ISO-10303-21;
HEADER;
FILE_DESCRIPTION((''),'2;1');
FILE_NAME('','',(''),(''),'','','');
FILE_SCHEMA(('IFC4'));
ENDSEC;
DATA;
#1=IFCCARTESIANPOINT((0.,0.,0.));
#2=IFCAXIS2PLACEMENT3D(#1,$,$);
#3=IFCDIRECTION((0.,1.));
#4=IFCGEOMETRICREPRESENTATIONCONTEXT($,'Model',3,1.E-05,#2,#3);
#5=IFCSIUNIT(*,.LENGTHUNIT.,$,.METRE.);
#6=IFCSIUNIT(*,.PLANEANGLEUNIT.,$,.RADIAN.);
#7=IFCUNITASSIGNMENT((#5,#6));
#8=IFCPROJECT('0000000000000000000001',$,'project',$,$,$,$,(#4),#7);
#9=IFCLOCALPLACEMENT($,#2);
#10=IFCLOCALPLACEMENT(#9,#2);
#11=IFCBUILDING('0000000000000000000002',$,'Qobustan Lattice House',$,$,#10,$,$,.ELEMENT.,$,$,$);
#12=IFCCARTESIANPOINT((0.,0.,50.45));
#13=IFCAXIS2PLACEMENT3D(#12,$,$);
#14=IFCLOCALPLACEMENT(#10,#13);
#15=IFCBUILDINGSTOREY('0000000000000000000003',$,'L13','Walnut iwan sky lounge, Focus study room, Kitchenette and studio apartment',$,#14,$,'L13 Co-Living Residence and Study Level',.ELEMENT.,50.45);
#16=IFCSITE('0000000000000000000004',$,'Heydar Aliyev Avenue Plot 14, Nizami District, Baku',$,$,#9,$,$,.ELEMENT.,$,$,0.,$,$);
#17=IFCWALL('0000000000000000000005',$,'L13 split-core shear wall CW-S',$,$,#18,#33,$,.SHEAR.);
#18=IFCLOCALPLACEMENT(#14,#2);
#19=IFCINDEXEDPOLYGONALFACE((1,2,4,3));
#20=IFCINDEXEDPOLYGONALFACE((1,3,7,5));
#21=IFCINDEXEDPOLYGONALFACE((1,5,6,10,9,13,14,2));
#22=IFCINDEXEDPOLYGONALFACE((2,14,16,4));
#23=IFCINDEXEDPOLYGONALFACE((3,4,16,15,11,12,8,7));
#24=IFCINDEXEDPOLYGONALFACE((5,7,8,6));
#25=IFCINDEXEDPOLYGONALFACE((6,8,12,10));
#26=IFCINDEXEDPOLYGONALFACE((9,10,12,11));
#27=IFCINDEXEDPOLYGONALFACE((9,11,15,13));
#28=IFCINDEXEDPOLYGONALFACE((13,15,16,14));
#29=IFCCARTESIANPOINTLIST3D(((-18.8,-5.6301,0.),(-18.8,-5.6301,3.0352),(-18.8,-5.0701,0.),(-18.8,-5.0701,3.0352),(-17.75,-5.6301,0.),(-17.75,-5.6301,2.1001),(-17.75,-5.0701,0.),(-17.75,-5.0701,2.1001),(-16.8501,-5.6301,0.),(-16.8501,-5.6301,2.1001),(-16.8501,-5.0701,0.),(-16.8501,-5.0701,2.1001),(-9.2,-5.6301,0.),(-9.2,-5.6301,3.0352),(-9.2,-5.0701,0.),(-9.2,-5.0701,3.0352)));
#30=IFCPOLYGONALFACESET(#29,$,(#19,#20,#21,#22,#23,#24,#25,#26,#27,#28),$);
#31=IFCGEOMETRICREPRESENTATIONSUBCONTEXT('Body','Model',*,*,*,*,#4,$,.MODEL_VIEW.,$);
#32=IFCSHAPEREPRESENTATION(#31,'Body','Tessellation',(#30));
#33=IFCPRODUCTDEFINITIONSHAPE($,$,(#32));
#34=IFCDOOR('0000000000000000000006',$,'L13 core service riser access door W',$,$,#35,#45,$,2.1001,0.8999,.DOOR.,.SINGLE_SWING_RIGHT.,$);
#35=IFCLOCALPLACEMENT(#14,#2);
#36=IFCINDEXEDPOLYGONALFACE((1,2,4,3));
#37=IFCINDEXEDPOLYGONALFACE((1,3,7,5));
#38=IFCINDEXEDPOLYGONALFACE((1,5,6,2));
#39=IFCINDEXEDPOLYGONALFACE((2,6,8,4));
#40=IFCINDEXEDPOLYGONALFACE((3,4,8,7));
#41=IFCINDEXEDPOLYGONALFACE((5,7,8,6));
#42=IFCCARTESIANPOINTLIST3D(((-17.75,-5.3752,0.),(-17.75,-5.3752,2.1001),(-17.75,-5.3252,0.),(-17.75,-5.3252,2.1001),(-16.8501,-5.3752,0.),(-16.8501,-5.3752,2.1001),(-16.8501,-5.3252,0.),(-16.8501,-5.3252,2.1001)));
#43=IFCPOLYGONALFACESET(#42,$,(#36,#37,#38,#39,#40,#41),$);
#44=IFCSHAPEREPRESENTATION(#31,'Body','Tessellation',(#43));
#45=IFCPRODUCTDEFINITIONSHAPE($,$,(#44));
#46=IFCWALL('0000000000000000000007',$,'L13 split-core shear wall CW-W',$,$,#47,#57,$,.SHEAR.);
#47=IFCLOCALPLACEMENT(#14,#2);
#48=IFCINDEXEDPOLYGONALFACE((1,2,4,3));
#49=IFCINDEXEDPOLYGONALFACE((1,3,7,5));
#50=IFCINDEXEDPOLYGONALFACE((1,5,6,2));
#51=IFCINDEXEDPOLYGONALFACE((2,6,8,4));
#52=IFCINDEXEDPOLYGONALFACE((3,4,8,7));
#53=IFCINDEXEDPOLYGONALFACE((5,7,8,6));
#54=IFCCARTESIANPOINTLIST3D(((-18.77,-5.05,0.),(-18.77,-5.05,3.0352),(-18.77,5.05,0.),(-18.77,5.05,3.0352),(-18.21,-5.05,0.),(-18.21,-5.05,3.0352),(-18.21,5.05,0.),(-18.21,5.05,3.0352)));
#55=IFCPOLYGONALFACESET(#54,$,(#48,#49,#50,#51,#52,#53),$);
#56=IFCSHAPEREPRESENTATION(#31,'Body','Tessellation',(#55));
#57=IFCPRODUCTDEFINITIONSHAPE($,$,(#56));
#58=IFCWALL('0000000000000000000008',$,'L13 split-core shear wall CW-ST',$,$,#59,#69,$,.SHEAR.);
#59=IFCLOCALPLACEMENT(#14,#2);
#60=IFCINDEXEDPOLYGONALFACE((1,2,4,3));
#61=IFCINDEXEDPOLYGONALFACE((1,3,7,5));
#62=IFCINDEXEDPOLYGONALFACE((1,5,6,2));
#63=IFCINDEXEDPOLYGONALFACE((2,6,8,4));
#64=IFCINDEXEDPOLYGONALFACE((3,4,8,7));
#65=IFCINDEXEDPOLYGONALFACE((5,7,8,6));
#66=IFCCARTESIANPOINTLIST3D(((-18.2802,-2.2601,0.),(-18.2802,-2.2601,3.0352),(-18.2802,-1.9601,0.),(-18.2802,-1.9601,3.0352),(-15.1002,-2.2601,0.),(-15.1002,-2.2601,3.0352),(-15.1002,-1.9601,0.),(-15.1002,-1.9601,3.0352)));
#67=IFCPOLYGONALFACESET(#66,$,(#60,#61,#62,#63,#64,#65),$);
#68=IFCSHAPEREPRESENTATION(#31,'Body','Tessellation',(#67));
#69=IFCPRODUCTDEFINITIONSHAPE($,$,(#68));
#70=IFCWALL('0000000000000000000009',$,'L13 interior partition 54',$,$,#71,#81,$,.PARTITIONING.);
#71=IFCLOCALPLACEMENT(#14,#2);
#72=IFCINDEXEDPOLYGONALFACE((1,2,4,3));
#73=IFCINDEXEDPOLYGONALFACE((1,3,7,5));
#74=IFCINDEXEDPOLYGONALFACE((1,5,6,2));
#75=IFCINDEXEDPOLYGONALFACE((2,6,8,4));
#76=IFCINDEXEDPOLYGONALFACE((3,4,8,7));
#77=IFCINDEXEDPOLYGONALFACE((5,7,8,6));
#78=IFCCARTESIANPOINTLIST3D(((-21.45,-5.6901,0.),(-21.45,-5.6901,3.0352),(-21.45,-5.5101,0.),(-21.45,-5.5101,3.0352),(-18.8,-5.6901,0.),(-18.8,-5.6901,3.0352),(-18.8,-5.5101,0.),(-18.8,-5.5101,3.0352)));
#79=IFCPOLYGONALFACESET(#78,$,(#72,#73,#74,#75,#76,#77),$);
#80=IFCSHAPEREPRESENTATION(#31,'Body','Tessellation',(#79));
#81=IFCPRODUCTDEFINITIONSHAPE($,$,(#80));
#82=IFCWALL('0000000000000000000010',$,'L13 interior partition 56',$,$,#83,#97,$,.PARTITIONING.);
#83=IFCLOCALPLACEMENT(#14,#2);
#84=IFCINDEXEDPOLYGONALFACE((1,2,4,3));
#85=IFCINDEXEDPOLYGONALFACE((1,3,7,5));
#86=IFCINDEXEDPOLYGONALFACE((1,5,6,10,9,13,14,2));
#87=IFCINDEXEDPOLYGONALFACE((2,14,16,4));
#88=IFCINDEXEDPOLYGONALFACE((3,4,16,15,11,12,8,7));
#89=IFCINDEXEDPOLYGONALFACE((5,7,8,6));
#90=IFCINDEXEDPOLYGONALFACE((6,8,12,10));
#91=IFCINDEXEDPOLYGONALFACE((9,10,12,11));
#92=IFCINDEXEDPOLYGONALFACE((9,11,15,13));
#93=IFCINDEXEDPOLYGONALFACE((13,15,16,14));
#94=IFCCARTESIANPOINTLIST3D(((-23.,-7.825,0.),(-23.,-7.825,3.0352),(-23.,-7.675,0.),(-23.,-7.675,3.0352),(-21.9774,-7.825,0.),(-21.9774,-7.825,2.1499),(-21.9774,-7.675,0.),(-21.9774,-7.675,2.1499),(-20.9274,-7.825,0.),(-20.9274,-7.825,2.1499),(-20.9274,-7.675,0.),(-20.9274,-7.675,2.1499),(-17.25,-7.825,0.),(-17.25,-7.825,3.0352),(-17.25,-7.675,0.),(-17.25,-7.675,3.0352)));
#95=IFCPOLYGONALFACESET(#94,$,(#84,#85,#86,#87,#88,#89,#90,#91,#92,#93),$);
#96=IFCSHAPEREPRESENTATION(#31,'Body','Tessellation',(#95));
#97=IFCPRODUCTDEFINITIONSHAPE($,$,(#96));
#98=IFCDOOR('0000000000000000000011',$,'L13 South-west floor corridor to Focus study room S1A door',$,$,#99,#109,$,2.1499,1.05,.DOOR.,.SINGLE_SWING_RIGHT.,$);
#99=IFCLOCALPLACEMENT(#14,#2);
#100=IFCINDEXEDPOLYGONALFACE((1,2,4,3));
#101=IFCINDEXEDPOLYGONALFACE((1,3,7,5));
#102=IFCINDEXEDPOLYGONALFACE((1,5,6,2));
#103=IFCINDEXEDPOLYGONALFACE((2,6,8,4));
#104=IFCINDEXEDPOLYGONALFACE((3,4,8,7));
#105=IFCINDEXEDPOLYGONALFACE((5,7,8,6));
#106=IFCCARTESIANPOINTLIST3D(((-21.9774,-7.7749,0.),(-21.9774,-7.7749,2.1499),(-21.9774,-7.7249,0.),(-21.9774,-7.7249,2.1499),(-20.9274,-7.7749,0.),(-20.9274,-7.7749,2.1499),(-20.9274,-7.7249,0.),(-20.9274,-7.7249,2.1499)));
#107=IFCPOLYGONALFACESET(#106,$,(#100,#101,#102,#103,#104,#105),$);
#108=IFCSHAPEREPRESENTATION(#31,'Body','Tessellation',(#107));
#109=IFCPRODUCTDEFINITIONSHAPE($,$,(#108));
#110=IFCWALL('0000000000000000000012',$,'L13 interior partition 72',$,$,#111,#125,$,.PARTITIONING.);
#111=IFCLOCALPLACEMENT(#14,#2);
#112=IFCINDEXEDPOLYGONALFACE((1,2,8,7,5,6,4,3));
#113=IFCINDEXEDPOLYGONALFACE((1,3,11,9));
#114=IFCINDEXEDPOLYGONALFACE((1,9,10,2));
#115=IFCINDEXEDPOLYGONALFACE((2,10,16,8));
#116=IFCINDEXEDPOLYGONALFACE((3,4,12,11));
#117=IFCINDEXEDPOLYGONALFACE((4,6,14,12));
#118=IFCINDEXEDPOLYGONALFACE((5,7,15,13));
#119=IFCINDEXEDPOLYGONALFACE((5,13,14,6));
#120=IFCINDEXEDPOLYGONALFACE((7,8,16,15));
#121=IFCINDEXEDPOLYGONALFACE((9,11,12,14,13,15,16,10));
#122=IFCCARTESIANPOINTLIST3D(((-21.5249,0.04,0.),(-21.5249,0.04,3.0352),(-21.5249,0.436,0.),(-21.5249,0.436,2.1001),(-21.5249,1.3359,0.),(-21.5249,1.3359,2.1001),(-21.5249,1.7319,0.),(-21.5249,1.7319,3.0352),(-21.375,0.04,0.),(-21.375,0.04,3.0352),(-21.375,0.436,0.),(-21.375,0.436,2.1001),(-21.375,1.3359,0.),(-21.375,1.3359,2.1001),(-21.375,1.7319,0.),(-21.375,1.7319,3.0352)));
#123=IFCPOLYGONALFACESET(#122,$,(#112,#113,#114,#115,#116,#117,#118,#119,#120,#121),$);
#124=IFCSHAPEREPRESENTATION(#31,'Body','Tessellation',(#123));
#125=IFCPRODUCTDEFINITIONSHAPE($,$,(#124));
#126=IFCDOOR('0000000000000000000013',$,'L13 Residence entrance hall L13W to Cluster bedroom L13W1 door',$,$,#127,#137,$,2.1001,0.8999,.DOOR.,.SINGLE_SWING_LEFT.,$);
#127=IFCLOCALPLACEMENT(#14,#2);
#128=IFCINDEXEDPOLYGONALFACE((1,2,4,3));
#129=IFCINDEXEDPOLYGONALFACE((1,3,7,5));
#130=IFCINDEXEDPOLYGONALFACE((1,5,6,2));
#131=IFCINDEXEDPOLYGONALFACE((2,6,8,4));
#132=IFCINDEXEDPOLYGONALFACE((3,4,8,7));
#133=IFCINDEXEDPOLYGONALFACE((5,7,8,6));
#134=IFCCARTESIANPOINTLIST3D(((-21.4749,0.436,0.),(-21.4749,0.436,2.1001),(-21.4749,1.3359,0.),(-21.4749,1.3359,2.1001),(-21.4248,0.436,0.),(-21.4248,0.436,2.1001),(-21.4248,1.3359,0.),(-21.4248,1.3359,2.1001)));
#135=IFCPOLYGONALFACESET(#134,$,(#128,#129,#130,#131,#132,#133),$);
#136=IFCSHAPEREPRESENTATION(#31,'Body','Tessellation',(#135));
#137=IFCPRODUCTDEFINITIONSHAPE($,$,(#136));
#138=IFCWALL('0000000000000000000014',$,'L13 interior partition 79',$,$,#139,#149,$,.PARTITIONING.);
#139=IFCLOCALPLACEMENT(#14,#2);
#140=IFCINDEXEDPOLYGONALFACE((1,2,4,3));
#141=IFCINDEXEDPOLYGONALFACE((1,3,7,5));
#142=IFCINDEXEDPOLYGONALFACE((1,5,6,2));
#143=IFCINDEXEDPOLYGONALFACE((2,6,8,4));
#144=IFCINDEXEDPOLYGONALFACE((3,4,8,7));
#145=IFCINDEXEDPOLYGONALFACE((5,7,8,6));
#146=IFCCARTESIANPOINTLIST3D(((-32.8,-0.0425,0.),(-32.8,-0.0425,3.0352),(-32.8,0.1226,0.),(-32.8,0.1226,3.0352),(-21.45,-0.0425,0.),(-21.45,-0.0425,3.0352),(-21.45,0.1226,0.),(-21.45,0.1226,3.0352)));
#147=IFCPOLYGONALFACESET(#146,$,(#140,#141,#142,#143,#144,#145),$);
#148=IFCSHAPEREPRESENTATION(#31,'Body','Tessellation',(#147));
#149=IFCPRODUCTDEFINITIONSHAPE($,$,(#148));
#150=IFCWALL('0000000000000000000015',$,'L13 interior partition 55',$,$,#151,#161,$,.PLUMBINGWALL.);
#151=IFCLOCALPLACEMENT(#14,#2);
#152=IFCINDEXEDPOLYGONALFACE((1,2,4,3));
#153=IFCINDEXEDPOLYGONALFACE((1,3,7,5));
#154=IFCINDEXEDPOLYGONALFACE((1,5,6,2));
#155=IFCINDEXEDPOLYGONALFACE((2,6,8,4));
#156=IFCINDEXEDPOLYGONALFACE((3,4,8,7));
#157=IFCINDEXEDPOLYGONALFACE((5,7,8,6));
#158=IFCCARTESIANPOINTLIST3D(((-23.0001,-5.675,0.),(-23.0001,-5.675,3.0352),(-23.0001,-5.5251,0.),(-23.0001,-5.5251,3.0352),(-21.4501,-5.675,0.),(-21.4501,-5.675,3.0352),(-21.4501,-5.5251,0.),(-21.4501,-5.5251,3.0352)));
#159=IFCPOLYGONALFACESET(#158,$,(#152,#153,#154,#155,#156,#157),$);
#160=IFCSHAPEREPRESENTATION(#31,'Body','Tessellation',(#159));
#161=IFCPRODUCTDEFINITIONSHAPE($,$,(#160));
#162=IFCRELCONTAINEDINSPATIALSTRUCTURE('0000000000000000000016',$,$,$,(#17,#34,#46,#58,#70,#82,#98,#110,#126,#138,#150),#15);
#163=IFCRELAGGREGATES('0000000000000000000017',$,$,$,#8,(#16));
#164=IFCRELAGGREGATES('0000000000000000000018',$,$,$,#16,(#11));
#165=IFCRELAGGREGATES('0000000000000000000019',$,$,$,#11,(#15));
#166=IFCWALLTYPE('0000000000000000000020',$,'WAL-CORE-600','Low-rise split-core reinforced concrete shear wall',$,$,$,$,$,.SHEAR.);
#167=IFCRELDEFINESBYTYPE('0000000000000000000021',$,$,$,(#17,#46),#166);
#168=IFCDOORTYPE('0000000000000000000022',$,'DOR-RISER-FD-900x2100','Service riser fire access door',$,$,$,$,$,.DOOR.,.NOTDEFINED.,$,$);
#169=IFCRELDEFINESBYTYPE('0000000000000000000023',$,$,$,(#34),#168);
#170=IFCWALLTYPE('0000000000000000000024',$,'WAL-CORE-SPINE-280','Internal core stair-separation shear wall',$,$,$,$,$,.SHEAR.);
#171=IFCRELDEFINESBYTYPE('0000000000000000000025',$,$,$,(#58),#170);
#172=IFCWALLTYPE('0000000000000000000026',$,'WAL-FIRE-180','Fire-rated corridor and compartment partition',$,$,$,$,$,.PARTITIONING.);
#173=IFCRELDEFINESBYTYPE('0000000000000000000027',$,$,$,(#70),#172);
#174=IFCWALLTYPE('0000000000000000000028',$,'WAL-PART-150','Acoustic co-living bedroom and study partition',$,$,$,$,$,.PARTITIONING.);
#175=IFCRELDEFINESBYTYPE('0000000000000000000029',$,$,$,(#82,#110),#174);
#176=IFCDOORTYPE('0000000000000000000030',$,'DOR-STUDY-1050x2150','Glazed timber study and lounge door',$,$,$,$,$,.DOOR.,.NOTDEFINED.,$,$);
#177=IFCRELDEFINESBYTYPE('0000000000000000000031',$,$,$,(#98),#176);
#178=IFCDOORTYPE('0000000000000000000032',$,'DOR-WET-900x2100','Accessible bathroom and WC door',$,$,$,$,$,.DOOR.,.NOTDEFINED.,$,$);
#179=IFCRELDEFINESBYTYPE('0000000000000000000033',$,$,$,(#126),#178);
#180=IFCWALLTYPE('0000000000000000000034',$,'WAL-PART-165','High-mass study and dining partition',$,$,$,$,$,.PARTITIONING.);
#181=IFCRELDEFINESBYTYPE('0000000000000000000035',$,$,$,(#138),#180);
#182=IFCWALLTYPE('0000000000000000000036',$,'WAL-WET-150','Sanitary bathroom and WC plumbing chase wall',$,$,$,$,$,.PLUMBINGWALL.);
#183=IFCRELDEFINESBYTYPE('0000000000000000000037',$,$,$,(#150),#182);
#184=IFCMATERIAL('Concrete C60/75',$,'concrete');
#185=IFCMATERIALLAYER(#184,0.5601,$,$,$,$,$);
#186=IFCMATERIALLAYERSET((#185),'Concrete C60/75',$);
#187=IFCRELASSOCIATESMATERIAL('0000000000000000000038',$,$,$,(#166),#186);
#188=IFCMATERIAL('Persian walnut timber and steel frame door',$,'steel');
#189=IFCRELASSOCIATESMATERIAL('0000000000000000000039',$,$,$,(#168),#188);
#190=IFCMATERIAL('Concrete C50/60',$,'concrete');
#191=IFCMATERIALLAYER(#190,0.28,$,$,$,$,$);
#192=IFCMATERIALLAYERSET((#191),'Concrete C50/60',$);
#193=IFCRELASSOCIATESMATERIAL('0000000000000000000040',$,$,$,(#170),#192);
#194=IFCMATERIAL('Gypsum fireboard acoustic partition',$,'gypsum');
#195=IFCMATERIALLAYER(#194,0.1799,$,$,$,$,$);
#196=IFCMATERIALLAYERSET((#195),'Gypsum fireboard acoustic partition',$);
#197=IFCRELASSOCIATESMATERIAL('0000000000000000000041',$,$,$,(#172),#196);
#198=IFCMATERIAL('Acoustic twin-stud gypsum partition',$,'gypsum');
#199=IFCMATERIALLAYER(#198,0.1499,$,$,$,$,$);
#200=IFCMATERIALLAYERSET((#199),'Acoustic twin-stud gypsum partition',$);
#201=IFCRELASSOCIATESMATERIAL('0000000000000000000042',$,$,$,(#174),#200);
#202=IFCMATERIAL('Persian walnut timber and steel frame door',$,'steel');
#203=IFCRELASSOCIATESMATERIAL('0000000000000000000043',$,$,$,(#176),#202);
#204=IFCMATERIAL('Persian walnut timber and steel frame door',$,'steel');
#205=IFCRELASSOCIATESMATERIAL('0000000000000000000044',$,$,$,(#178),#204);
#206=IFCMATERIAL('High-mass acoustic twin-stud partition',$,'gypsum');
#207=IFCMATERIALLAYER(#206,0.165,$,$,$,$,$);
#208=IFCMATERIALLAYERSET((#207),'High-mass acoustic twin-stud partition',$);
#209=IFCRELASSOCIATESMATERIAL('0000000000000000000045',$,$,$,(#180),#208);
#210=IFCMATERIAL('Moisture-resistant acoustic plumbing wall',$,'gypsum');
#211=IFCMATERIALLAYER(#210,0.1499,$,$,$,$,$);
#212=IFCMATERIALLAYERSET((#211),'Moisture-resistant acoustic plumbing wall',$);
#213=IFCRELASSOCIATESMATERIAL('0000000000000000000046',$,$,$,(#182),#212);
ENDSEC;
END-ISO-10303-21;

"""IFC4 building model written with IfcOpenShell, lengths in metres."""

from ifc_helpers import new_model, si_unit, direction, frame, frame_2d, origin, place, context, subcontext, project, spatial, rectangle, extrude, material, layer, layer_set, type_object, element, fill, save


model = new_model("IFC4")

# Units and contexts
model_context = context("Model", 3, precision=1e-05, world=origin(), true_north=direction((0.0, 1.0)))
body_context = subcontext(model_context, "Body", "Model", "MODEL_VIEW")
ifc_project = project(units=[si_unit("LENGTHUNIT", "METRE"), si_unit("PLANEANGLEUNIT", "RADIAN")], contexts=[model_context])

# Site, building, storey
site_placement = place(None, origin())
site = spatial("IfcSite", under=ifc_project, at=site_placement, Name="Heydar Aliyev Avenue Plot 14, Nizami District, Baku", CompositionType="ELEMENT", RefElevation=0.0)
building_placement = place(site_placement, origin())
building = spatial("IfcBuilding", under=site, at=building_placement, Name="Qobustan Lattice House", CompositionType="ELEMENT")
storey_placement = place(building_placement, frame((0.0, 0.0, 50.45)))
storey = spatial("IfcBuildingStorey", under=building, at=storey_placement, Name="L13", Description="Walnut iwan sky lounge, Focus study room, Kitchenette and studio apartment", LongName="L13 Co-Living Residence and Study Level", CompositionType="ELEMENT", Elevation=50.45)

# Wall, opening, door
ifc_material_1 = material(Name="Concrete C60/75", Category="concrete")
ifc_layer_1 = layer(ifc_material_1, 0.5601)
ifc_layer_set_1 = layer_set([ifc_layer_1], Name="Concrete C60/75")
wall_type_1 = type_object("IfcWallType", Name="WAL-CORE-600", Description="Low-rise split-core reinforced concrete shear wall", PredefinedType="SHEAR", material=ifc_layer_set_1)
wall_1_placement = place(storey_placement, frame((-18.8, -5.3501, 0.0), z_axis=(0.0, 0.0, 1.0), x_axis=(1.0, 0.0, 0.0)))
wall_1 = element("IfcWall", 1, at=wall_1_placement, inside=storey, type_object=wall_type_1, Name="L13 split-core shear wall CW-S", PredefinedType="SHEAR", context=body_context, shape_type="SweptSolid", body=[
    extrude(rectangle(XDim=9.6001, YDim=0.5601, at=frame_2d((4.8, 0.0))), origin(), (0.0, 0.0, 1.0), 3.0352),
])
opening_1_placement = place(wall_1_placement, frame((1.05, 0.0, 0.0)))
opening_1 = element("IfcOpeningElement", 2, at=opening_1_placement, cuts=wall_1, PredefinedType="OPENING", context=body_context, shape_type="SweptSolid", body=[
    extrude(rectangle(XDim=0.8999, YDim=2.1001, at=frame_2d((0.45, 1.05))), frame((0.0, 0.29, 0.0), z_axis=(0.0, -1.0, 0.0), x_axis=(1.0, 0.0, 0.0)), (0.0, 0.0, 1.0), 0.5801),
])
ifc_material_2 = material(Name="Persian walnut timber and steel frame door", Category="steel")
door_type_1 = type_object("IfcDoorType", Name="DOR-RISER-FD-900x2100", Description="Service riser fire access door", OperationType="NOTDEFINED", PredefinedType="DOOR", material=ifc_material_2)
door_1_placement = place(opening_1_placement, origin())
door_1 = element("IfcDoor", 3, at=door_1_placement, inside=storey, type_object=door_type_1, Name="L13 core service riser access door W", OperationType="SINGLE_SWING_RIGHT", OverallHeight=2.1001, OverallWidth=0.8999, PredefinedType="DOOR", context=body_context, shape_type="SweptSolid", body=[
    extrude(rectangle(XDim=0.8999, YDim=2.1001, at=frame_2d((0.45, 1.05))), frame((0.0, 0.0249, 0.0), z_axis=(0.0, -1.0, 0.0), x_axis=(1.0, 0.0, 0.0)), (0.0, 0.0, 1.0), 0.05),
])
fill(opening_1, door_1)

# Walls
wall_2_placement = place(storey_placement, frame((-18.49, -5.05, 0.0), z_axis=(0.0, 0.0, 1.0), x_axis=(0.0, 1.0, 0.0)))
element("IfcWall", 4, at=wall_2_placement, inside=storey, type_object=wall_type_1, Name="L13 split-core shear wall CW-W", PredefinedType="SHEAR", context=body_context, shape_type="SweptSolid", body=[
    extrude(rectangle(XDim=10.1001, YDim=0.5601, at=frame_2d((5.05, 0.0))), origin(), (0.0, 0.0, 1.0), 3.0352),
])
ifc_material_3 = material(Name="Concrete C50/60", Category="concrete")
ifc_layer_2 = layer(ifc_material_3, 0.28)
ifc_layer_set_2 = layer_set([ifc_layer_2], Name="Concrete C50/60")
wall_type_2 = type_object("IfcWallType", Name="WAL-CORE-SPINE-280", Description="Internal core stair-separation shear wall", PredefinedType="SHEAR", material=ifc_layer_set_2)
wall_3_placement = place(storey_placement, frame((-18.28, -2.1101, 0.0), z_axis=(0.0, 0.0, 1.0), x_axis=(1.0, 0.0, 0.0)))
element("IfcWall", 5, at=wall_3_placement, inside=storey, type_object=wall_type_2, Name="L13 split-core shear wall CW-ST", PredefinedType="SHEAR", context=body_context, shape_type="SweptSolid", body=[
    extrude(rectangle(XDim=3.1799, YDim=0.3, at=frame_2d((1.5898, 0.0))), origin(), (0.0, 0.0, 1.0), 3.0352),
])
ifc_material_4 = material(Name="Gypsum fireboard acoustic partition", Category="gypsum")
ifc_layer_3 = layer(ifc_material_4, 0.1799)
ifc_layer_set_3 = layer_set([ifc_layer_3], Name="Gypsum fireboard acoustic partition")
wall_type_3 = type_object("IfcWallType", Name="WAL-FIRE-180", Description="Fire-rated corridor and compartment partition", PredefinedType="PARTITIONING", material=ifc_layer_set_3)
wall_4_placement = place(storey_placement, frame((-21.45, -5.6001, 0.0), z_axis=(0.0, 0.0, 1.0), x_axis=(1.0, 0.0, 0.0)))
element("IfcWall", 6, at=wall_4_placement, inside=storey, type_object=wall_type_3, Name="L13 interior partition 54", PredefinedType="PARTITIONING", context=body_context, shape_type="SweptSolid", body=[
    extrude(rectangle(XDim=2.6499, YDim=0.1799, at=frame_2d((1.325, 0.0))), origin(), (0.0, 0.0, 1.0), 3.0352),
])

# Walls, openings, doors
ifc_material_5 = material(Name="Acoustic twin-stud gypsum partition", Category="gypsum")
ifc_layer_4 = layer(ifc_material_5, 0.1499)
ifc_layer_set_4 = layer_set([ifc_layer_4], Name="Acoustic twin-stud gypsum partition")
wall_type_4 = type_object("IfcWallType", Name="WAL-PART-150", Description="Acoustic co-living bedroom and study partition", PredefinedType="PARTITIONING", material=ifc_layer_set_4)
wall_5_placement = place(storey_placement, frame((-17.25, -7.75, 0.0), z_axis=(0.0, 0.0, 1.0), x_axis=(-1.0, 0.0, 0.0)))
wall_5 = element("IfcWall", 7, at=wall_5_placement, inside=storey, type_object=wall_type_4, Name="L13 interior partition 56", PredefinedType="PARTITIONING", context=body_context, shape_type="SweptSolid", body=[
    extrude(rectangle(XDim=5.75, YDim=0.1499, at=frame_2d((2.875, 0.0))), origin(), (0.0, 0.0, 1.0), 3.0352),
])
opening_2_placement = place(wall_5_placement, frame((3.6775, 0.0, 0.0)))
opening_2 = element("IfcOpeningElement", 8, at=opening_2_placement, cuts=wall_5, PredefinedType="OPENING", context=body_context, shape_type="SweptSolid", body=[
    extrude(rectangle(XDim=1.05, YDim=2.1499, at=frame_2d((0.5249, 1.075))), frame((0.0, 0.085, 0.0), z_axis=(0.0, -1.0, 0.0), x_axis=(1.0, 0.0, 0.0)), (0.0, 0.0, 1.0), 0.1699),
])
ifc_material_6 = material(Name="Persian walnut timber and steel frame door", Category="steel")
door_type_2 = type_object("IfcDoorType", Name="DOR-STUDY-1050x2150", Description="Glazed timber study and lounge door", OperationType="NOTDEFINED", PredefinedType="DOOR", material=ifc_material_6)
door_2_placement = place(opening_2_placement, origin())
door_2 = element("IfcDoor", 9, at=door_2_placement, inside=storey, type_object=door_type_2, Name="L13 South-west floor corridor to Focus study room S1A door", OperationType="SINGLE_SWING_RIGHT", OverallHeight=2.1499, OverallWidth=1.05, PredefinedType="DOOR", context=body_context, shape_type="SweptSolid", body=[
    extrude(rectangle(XDim=1.05, YDim=2.1499, at=frame_2d((0.5249, 1.075))), frame((0.0, 0.0249, 0.0), z_axis=(0.0, -1.0, 0.0), x_axis=(1.0, 0.0, 0.0)), (0.0, 0.0, 1.0), 0.05),
])
fill(opening_2, door_2)
wall_6_placement = place(storey_placement, frame((-21.45, 0.04, 0.0), z_axis=(0.0, 0.0, 1.0), x_axis=(0.0, 1.0, 0.0)))
wall_6 = element("IfcWall", 10, at=wall_6_placement, inside=storey, type_object=wall_type_4, Name="L13 interior partition 72", PredefinedType="PARTITIONING", context=body_context, shape_type="SweptSolid", body=[
    extrude(rectangle(XDim=1.6919, YDim=0.1499, at=frame_2d((0.8459, 0.0))), origin(), (0.0, 0.0, 1.0), 3.0352),
])
opening_3_placement = place(wall_6_placement, frame((0.396, 0.0, 0.0)))
opening_3 = element("IfcOpeningElement", 11, at=opening_3_placement, cuts=wall_6, PredefinedType="OPENING", context=body_context, shape_type="SweptSolid", body=[
    extrude(rectangle(XDim=0.8999, YDim=2.1001, at=frame_2d((0.45, 1.05))), frame((0.0, 0.085, 0.0), z_axis=(0.0, -1.0, 0.0), x_axis=(1.0, 0.0, 0.0)), (0.0, 0.0, 1.0), 0.1699),
])
ifc_material_7 = material(Name="Persian walnut timber and steel frame door", Category="steel")
door_type_3 = type_object("IfcDoorType", Name="DOR-WET-900x2100", Description="Accessible bathroom and WC door", OperationType="NOTDEFINED", PredefinedType="DOOR", material=ifc_material_7)
door_3_placement = place(opening_3_placement, origin())
door_3 = element("IfcDoor", 12, at=door_3_placement, inside=storey, type_object=door_type_3, Name="L13 Residence entrance hall L13W to Cluster bedroom L13W1 door", OperationType="SINGLE_SWING_LEFT", OverallHeight=2.1001, OverallWidth=0.8999, PredefinedType="DOOR", context=body_context, shape_type="SweptSolid", body=[
    extrude(rectangle(XDim=0.8999, YDim=2.1001, at=frame_2d((0.45, 1.05))), frame((0.0, 0.0249, 0.0), z_axis=(0.0, -1.0, 0.0), x_axis=(1.0, 0.0, 0.0)), (0.0, 0.0, 1.0), 0.05),
])
fill(opening_3, door_3)
ifc_material_8 = material(Name="High-mass acoustic twin-stud partition", Category="gypsum")
ifc_layer_5 = layer(ifc_material_8, 0.165)
ifc_layer_set_5 = layer_set([ifc_layer_5], Name="High-mass acoustic twin-stud partition")
wall_type_5 = type_object("IfcWallType", Name="WAL-PART-165", Description="High-mass study and dining partition", PredefinedType="PARTITIONING", material=ifc_layer_set_5)

# Walls
wall_7_placement = place(storey_placement, frame((-32.8, 0.04, 0.0), z_axis=(0.0, 0.0, 1.0), x_axis=(1.0, 0.0, 0.0)))
element("IfcWall", 13, at=wall_7_placement, inside=storey, type_object=wall_type_5, Name="L13 interior partition 79", PredefinedType="PARTITIONING", context=body_context, shape_type="SweptSolid", body=[
    extrude(rectangle(XDim=11.3501, YDim=0.165, at=frame_2d((5.675, 0.0))), origin(), (0.0, 0.0, 1.0), 3.0352),
])
ifc_material_9 = material(Name="Moisture-resistant acoustic plumbing wall", Category="gypsum")
ifc_layer_6 = layer(ifc_material_9, 0.1499)
ifc_layer_set_6 = layer_set([ifc_layer_6], Name="Moisture-resistant acoustic plumbing wall")
wall_type_6 = type_object("IfcWallType", Name="WAL-WET-150", Description="Sanitary bathroom and WC plumbing chase wall", PredefinedType="PLUMBINGWALL", material=ifc_layer_set_6)
wall_8_placement = place(storey_placement, frame((-23.0, -5.6001, 0.0), z_axis=(0.0, 0.0, 1.0), x_axis=(1.0, 0.0, 0.0)))
element("IfcWall", 14, at=wall_8_placement, inside=storey, type_object=wall_type_6, Name="L13 interior partition 55", PredefinedType="PLUMBINGWALL", context=body_context, shape_type="SweptSolid", body=[
    extrude(rectangle(XDim=1.55, YDim=0.1499, at=frame_2d((0.7749, 0.0))), origin(), (0.0, 0.0, 1.0), 3.0352),
])

save(model, "model.ifc")
